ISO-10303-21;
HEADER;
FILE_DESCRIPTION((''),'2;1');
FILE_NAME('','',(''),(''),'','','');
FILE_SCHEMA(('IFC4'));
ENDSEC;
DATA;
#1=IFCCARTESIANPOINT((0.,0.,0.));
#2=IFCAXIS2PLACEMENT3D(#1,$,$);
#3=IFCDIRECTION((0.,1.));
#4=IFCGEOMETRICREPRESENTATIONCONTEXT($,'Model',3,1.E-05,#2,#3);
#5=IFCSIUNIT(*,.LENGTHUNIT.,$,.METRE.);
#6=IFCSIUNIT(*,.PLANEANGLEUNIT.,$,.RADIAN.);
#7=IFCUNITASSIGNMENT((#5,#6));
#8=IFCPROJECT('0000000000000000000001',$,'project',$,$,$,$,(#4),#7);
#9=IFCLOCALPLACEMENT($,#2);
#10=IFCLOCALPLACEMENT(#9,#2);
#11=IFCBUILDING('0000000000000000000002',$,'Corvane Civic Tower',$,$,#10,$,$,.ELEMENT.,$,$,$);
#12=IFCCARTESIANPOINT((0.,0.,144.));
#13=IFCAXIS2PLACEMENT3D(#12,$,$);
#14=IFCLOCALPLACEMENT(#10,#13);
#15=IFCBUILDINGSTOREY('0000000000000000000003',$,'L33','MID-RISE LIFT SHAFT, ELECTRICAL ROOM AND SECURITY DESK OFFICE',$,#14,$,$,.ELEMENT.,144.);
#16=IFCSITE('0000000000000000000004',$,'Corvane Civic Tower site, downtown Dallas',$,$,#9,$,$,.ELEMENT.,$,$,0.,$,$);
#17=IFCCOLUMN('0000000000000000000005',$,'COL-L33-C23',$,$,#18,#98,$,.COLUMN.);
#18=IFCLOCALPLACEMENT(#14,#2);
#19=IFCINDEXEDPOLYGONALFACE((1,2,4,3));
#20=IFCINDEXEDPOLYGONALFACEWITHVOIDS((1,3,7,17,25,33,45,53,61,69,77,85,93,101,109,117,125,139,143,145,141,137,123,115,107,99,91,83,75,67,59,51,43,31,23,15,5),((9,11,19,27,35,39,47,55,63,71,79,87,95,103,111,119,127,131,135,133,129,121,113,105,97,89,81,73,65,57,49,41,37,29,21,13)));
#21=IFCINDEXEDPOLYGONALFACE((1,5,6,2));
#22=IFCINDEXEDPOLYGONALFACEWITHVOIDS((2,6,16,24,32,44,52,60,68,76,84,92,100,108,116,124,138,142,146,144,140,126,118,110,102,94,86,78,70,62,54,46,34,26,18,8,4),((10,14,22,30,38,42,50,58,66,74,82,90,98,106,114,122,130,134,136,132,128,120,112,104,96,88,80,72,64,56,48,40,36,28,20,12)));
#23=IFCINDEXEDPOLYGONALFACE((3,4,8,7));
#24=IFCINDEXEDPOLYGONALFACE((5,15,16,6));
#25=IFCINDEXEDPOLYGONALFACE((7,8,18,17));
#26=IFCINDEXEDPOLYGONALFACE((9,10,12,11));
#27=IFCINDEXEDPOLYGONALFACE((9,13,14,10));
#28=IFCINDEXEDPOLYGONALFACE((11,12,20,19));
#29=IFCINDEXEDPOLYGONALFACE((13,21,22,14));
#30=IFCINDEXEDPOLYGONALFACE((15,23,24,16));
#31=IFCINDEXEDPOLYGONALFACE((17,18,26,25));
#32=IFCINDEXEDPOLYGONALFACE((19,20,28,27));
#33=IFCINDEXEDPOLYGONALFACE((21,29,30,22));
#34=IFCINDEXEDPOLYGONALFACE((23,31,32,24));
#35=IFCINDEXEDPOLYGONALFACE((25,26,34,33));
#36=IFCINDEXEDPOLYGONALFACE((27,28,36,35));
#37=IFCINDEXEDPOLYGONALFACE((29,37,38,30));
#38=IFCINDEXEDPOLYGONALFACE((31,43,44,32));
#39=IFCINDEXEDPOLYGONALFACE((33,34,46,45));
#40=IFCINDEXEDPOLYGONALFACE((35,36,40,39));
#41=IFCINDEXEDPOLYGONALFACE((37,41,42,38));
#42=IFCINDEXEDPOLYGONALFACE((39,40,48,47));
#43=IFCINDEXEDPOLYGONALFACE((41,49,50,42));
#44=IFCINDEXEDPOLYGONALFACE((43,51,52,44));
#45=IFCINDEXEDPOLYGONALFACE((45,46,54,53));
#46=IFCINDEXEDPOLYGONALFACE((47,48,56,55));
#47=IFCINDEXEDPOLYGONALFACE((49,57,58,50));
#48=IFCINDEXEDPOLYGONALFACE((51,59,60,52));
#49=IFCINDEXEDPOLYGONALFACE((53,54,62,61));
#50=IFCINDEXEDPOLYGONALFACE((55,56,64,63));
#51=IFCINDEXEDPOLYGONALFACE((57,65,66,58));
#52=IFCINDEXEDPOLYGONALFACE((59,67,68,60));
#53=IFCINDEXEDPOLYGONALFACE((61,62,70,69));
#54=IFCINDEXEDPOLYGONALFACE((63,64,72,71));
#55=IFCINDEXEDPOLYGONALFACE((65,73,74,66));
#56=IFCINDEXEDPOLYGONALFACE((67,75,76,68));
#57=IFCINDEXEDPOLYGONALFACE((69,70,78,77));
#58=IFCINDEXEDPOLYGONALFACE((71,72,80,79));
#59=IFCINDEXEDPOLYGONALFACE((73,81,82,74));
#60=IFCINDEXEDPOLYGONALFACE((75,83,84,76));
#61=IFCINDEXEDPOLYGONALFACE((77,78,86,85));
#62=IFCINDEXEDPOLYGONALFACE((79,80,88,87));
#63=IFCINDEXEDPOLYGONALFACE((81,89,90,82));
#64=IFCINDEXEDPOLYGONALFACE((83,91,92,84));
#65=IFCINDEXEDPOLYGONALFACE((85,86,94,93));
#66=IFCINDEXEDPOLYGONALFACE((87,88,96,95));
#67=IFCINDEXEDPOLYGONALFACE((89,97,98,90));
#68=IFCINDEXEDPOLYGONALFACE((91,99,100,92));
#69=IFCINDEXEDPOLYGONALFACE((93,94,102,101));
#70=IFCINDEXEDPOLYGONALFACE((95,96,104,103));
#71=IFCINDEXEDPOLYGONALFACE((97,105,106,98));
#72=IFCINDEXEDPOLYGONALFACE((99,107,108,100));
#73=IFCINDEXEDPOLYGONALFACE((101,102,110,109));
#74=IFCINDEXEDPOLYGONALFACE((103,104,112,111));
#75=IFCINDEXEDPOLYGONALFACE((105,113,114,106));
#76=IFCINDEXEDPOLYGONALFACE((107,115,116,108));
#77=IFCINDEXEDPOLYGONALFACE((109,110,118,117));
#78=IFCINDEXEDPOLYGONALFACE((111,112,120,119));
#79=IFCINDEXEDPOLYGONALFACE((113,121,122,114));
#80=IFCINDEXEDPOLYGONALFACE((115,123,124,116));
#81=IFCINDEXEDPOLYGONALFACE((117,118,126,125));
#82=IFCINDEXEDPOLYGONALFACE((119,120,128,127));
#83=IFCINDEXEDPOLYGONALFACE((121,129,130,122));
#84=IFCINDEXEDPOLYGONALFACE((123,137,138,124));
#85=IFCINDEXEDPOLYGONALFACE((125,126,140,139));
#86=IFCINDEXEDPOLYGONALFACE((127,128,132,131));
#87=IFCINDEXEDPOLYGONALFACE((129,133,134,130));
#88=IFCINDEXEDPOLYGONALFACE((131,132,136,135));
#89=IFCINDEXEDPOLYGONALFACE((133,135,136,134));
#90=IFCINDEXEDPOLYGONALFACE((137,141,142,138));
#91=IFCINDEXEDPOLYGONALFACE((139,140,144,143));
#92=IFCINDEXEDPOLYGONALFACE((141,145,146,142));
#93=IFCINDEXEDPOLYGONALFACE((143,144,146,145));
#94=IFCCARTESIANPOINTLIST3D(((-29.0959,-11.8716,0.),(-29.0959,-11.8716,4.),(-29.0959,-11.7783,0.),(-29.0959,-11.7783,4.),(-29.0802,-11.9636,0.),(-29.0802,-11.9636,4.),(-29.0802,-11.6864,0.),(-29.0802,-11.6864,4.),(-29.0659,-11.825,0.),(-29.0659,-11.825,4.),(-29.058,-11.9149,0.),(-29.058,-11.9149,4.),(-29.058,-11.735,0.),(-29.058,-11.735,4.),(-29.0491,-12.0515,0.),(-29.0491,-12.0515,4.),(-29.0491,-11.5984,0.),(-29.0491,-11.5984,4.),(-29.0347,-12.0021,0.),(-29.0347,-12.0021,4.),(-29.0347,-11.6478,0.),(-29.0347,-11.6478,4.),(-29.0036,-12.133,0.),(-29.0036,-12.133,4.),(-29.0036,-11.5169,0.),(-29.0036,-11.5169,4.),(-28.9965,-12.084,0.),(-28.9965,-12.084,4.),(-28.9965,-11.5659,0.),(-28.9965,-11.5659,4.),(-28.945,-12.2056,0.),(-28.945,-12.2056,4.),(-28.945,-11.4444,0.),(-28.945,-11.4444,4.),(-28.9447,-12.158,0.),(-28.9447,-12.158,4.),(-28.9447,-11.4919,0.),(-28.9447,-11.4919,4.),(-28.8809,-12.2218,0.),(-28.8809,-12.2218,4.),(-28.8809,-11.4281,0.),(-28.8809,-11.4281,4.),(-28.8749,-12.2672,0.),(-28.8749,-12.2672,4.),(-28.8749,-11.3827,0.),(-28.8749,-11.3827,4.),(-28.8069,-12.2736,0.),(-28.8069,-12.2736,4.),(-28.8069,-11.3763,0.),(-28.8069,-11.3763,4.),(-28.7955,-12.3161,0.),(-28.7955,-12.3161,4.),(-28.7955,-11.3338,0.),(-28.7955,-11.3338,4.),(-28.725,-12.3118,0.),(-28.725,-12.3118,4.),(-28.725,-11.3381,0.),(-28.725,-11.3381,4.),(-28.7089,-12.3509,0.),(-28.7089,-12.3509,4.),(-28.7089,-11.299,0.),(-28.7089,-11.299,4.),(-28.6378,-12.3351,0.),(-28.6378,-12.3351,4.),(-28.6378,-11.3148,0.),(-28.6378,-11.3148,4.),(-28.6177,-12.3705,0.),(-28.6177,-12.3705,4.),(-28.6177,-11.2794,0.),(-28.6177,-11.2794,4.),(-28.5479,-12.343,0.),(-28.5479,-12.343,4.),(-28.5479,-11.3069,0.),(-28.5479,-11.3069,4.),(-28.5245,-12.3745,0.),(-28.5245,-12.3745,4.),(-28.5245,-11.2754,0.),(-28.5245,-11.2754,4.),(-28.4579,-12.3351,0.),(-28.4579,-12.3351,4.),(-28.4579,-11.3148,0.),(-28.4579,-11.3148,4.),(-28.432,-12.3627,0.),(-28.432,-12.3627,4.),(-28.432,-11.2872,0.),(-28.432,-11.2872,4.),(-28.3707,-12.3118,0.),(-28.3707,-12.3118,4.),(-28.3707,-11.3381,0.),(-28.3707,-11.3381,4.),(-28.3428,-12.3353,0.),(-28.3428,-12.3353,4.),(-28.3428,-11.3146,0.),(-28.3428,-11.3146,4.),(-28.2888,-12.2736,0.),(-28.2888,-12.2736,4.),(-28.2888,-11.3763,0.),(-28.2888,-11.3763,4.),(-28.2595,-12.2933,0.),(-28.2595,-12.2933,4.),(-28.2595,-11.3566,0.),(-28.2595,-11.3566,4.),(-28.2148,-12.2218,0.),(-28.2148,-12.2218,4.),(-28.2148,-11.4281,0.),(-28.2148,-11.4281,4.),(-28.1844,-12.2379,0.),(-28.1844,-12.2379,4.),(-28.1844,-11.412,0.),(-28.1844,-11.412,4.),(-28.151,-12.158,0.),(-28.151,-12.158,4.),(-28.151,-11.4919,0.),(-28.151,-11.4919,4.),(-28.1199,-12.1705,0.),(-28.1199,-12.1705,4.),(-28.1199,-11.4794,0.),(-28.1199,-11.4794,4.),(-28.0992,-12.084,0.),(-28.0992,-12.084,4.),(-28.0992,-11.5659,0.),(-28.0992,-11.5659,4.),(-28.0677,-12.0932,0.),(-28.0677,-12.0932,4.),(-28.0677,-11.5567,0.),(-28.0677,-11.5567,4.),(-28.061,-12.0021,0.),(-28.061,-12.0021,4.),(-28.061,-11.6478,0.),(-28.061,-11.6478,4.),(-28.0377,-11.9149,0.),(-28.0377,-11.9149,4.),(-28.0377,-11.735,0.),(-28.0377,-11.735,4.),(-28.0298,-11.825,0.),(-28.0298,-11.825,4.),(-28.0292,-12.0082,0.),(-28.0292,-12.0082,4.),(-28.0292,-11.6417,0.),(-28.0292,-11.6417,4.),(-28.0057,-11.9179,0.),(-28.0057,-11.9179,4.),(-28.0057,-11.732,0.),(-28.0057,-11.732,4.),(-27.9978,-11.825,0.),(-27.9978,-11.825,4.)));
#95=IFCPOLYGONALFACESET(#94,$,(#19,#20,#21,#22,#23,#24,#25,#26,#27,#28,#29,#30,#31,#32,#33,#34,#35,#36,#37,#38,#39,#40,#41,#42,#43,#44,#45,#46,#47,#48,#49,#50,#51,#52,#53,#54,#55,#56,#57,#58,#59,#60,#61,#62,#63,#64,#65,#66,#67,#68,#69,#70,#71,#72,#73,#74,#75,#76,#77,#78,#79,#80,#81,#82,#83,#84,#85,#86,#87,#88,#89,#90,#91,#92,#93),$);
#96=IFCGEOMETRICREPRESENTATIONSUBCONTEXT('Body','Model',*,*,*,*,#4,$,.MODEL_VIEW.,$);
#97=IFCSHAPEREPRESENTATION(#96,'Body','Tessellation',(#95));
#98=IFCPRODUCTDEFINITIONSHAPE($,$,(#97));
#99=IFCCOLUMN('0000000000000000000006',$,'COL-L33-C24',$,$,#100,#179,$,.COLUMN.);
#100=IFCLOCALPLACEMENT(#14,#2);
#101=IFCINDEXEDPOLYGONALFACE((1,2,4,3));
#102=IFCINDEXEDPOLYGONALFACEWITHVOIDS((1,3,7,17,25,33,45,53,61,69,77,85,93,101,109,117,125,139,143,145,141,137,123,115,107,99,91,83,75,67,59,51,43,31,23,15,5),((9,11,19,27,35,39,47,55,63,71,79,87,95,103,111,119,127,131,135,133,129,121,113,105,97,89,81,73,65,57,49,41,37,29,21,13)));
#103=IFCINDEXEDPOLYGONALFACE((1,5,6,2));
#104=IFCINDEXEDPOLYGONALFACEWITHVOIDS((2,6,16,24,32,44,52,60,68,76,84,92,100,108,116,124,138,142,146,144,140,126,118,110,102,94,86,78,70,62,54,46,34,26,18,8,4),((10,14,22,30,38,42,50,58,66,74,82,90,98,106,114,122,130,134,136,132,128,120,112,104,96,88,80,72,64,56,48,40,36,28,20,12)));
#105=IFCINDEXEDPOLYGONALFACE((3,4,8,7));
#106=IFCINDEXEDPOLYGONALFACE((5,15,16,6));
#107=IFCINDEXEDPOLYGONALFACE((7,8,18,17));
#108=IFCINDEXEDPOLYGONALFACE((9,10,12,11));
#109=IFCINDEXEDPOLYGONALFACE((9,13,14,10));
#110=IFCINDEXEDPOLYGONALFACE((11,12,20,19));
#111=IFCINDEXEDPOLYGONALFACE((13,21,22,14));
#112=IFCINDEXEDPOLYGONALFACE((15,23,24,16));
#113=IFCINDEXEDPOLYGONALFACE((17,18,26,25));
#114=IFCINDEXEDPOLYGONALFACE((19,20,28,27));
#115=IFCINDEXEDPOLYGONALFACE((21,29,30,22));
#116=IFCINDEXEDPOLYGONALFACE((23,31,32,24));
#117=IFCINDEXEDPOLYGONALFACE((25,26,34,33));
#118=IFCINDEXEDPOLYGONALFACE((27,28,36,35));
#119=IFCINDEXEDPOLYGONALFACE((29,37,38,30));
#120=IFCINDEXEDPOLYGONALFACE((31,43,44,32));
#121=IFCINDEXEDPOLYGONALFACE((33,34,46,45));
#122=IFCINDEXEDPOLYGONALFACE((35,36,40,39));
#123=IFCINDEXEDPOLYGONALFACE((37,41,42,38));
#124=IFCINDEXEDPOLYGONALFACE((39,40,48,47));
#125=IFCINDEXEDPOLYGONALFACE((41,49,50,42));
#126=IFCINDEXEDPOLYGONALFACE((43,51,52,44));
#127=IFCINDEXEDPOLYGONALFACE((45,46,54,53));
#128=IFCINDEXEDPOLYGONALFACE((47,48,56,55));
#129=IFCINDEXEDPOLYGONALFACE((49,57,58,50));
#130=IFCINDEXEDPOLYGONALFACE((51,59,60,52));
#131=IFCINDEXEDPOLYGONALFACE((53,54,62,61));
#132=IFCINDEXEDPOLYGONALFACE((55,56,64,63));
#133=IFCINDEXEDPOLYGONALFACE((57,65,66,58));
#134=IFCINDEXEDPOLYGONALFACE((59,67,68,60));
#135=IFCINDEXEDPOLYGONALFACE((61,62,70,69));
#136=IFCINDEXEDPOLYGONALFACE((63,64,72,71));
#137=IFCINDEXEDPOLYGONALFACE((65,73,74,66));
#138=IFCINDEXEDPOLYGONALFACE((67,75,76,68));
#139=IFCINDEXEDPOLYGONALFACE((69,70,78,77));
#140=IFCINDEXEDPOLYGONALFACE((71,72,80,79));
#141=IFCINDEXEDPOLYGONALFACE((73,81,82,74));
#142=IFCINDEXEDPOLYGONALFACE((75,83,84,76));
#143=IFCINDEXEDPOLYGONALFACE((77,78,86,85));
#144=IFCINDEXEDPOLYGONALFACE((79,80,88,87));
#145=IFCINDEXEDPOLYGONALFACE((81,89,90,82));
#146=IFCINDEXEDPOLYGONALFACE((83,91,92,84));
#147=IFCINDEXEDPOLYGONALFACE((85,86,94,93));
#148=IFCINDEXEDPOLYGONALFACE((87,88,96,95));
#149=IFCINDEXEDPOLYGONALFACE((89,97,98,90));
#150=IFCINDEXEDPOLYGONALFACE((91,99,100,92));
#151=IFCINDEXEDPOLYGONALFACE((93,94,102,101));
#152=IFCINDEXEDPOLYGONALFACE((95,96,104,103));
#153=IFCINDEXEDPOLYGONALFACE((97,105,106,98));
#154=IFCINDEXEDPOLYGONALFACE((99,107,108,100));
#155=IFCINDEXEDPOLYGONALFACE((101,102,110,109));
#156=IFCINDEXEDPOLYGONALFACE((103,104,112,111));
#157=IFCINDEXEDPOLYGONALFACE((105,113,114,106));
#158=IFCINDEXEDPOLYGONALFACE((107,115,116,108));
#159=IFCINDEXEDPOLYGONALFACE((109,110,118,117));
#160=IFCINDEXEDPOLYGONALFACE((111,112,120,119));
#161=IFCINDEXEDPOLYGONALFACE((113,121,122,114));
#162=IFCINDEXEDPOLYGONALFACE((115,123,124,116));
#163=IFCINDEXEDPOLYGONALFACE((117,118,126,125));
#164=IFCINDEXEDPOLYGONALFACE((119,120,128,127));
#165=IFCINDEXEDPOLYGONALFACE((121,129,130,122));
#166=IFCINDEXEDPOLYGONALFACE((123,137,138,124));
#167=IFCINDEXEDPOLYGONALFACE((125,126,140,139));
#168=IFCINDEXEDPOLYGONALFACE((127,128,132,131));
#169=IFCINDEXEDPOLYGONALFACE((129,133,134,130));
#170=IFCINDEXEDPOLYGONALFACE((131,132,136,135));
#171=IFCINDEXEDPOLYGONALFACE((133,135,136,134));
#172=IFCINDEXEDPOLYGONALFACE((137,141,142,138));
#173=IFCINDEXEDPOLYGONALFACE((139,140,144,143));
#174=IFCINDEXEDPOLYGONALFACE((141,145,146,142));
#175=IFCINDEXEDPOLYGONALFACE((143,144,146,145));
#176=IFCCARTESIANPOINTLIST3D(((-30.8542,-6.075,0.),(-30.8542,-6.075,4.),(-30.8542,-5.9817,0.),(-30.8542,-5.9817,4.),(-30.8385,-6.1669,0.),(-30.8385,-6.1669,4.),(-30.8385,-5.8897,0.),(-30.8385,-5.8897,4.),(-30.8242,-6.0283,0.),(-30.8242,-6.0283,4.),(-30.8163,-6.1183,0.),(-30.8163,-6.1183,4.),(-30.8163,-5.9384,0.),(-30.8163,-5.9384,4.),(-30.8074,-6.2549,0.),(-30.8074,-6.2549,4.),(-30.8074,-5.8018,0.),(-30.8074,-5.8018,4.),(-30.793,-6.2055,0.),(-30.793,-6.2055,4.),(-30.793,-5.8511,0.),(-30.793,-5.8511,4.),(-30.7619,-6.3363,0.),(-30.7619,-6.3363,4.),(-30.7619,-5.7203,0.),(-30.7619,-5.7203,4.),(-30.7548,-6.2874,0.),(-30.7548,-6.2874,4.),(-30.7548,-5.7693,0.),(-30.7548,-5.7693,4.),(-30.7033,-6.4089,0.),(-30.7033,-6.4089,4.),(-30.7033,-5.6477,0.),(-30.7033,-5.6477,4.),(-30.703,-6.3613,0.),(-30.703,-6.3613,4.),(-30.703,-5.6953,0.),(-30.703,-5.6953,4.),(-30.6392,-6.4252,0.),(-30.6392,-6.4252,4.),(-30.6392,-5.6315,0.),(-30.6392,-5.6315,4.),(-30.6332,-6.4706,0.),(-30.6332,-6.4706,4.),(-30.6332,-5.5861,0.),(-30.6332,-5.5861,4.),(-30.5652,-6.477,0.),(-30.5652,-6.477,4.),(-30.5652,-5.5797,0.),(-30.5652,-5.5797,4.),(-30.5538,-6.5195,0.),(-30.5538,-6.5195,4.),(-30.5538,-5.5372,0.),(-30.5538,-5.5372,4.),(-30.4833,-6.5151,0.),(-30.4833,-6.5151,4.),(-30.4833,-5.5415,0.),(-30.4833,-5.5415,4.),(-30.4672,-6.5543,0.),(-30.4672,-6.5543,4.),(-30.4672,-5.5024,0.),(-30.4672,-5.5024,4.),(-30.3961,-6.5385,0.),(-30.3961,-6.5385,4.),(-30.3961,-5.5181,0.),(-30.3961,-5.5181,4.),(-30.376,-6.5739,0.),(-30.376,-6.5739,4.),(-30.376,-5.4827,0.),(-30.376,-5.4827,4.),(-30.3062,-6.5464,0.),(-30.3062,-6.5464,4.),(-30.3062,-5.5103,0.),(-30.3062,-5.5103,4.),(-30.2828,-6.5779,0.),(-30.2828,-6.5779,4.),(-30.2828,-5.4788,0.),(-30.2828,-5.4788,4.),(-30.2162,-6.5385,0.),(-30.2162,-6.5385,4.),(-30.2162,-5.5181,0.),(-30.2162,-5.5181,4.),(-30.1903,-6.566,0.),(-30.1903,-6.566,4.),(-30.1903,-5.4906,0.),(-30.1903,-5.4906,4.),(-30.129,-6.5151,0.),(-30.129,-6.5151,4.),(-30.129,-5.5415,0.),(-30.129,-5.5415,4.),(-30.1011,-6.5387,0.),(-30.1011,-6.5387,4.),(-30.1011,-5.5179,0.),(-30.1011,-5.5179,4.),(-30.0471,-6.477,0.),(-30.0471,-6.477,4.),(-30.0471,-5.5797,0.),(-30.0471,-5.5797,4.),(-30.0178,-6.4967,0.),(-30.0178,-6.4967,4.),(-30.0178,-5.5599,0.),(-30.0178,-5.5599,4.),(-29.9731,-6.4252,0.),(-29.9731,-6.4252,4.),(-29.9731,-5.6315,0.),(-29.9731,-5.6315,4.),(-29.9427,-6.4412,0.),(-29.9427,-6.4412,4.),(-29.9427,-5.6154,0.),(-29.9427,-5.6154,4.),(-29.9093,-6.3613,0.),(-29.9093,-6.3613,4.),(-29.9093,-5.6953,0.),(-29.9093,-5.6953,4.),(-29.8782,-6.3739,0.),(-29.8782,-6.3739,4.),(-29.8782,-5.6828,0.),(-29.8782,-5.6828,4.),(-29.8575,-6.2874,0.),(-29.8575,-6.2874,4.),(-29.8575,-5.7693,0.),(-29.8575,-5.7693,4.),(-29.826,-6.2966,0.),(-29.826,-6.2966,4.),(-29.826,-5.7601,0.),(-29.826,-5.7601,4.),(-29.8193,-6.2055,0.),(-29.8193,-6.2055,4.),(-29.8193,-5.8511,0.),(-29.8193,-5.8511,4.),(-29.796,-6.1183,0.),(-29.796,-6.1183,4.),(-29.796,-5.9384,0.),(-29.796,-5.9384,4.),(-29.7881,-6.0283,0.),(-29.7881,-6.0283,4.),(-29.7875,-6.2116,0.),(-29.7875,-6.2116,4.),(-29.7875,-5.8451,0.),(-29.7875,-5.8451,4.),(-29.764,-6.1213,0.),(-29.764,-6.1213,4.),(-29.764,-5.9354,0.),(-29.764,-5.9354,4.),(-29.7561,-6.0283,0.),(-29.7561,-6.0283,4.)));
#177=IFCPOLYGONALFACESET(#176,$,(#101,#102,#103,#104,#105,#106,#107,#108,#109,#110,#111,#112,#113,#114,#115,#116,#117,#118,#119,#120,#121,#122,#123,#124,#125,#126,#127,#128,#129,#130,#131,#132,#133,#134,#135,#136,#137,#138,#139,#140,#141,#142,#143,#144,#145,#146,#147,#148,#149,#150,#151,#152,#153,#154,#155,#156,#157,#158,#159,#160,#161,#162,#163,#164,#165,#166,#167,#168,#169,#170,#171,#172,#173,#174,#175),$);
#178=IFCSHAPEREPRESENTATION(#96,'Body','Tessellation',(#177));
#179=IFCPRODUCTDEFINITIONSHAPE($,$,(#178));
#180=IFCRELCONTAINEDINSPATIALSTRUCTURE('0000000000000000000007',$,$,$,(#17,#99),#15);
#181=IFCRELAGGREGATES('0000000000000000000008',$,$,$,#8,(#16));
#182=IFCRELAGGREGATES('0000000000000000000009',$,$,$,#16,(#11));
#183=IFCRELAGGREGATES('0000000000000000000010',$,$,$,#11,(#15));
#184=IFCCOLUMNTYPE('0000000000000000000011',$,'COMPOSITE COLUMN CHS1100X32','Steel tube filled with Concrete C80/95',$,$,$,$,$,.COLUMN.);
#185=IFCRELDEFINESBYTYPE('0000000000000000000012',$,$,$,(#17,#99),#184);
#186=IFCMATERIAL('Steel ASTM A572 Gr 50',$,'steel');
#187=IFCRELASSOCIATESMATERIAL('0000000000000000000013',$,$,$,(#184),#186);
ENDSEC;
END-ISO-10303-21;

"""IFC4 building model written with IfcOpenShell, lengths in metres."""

from ifc_helpers import new_model, si_unit, direction, frame, origin, origin_2d, place, context, subcontext, project, spatial, hollow_circle, extrude, material, material_profile, profile_set, type_object, element, save


model = new_model("IFC4")

# Units and contexts
model_context = context("Model", 3, precision=1e-05, world=origin(), true_north=direction((0.0, 1.0)))
body_context = subcontext(model_context, "Body", "Model", "MODEL_VIEW")
ifc_project = project(units=[si_unit("LENGTHUNIT", "METRE"), si_unit("PLANEANGLEUNIT", "RADIAN")], contexts=[model_context])

# Site, building, storey
site_placement = place(None, origin())
site = spatial("IfcSite", under=ifc_project, at=site_placement, Name="Corvane Civic Tower site, downtown Dallas", CompositionType="ELEMENT", RefElevation=0.0)
building_placement = place(site_placement, origin())
building = spatial("IfcBuilding", under=site, at=building_placement, Name="Corvane Civic Tower", CompositionType="ELEMENT")
storey_placement = place(building_placement, frame((0.0, 0.0, 144.0)))
storey = spatial("IfcBuildingStorey", under=building, at=storey_placement, Name="L33", Description="MID-RISE LIFT SHAFT, ELECTRICAL ROOM AND SECURITY DESK OFFICE", CompositionType="ELEMENT", Elevation=144.0)

# Columns
ifc_material_1 = material(Name="Steel ASTM A572 Gr 50", Category="steel")
ifc_material_profile_1 = material_profile(ifc_material_1, hollow_circle(Radius=0.55, WallThickness=0.032, at=origin_2d()), Name="CHS1100X32")
ifc_profile_set_1 = profile_set([ifc_material_profile_1], Name="Steel ASTM A572 Gr 50")
column_type = type_object("IfcColumnType", Name="COMPOSITE COLUMN CHS1100X32", Description="Steel tube filled with Concrete C80/95", PredefinedType="COLUMN", material=ifc_profile_set_1)
for number, where, z_axis, x_axis, name in (
    (1, (-28.5479, -11.825, 0.0), (0.0, 0.0, 1.0), (1.0, 0.0, 0.0), "COL-L33-C23"),
    (2, (-30.3062, -6.0283, 0.0), (0.0, 0.0, 1.0), (1.0, 0.0, 0.0), "COL-L33-C24"),
):
    element("IfcColumn", number, at=place(storey_placement, frame(where, z_axis=z_axis, x_axis=x_axis)), inside=storey, type_object=column_type, Name=name, PredefinedType="COLUMN", context=body_context, shape_type="SweptSolid", body=[
        extrude(hollow_circle(Radius=0.55, WallThickness=0.032, at=origin_2d()), origin(), (0.0, 0.0, 1.0), 4.0),
    ])

save(model, "model.ifc")
